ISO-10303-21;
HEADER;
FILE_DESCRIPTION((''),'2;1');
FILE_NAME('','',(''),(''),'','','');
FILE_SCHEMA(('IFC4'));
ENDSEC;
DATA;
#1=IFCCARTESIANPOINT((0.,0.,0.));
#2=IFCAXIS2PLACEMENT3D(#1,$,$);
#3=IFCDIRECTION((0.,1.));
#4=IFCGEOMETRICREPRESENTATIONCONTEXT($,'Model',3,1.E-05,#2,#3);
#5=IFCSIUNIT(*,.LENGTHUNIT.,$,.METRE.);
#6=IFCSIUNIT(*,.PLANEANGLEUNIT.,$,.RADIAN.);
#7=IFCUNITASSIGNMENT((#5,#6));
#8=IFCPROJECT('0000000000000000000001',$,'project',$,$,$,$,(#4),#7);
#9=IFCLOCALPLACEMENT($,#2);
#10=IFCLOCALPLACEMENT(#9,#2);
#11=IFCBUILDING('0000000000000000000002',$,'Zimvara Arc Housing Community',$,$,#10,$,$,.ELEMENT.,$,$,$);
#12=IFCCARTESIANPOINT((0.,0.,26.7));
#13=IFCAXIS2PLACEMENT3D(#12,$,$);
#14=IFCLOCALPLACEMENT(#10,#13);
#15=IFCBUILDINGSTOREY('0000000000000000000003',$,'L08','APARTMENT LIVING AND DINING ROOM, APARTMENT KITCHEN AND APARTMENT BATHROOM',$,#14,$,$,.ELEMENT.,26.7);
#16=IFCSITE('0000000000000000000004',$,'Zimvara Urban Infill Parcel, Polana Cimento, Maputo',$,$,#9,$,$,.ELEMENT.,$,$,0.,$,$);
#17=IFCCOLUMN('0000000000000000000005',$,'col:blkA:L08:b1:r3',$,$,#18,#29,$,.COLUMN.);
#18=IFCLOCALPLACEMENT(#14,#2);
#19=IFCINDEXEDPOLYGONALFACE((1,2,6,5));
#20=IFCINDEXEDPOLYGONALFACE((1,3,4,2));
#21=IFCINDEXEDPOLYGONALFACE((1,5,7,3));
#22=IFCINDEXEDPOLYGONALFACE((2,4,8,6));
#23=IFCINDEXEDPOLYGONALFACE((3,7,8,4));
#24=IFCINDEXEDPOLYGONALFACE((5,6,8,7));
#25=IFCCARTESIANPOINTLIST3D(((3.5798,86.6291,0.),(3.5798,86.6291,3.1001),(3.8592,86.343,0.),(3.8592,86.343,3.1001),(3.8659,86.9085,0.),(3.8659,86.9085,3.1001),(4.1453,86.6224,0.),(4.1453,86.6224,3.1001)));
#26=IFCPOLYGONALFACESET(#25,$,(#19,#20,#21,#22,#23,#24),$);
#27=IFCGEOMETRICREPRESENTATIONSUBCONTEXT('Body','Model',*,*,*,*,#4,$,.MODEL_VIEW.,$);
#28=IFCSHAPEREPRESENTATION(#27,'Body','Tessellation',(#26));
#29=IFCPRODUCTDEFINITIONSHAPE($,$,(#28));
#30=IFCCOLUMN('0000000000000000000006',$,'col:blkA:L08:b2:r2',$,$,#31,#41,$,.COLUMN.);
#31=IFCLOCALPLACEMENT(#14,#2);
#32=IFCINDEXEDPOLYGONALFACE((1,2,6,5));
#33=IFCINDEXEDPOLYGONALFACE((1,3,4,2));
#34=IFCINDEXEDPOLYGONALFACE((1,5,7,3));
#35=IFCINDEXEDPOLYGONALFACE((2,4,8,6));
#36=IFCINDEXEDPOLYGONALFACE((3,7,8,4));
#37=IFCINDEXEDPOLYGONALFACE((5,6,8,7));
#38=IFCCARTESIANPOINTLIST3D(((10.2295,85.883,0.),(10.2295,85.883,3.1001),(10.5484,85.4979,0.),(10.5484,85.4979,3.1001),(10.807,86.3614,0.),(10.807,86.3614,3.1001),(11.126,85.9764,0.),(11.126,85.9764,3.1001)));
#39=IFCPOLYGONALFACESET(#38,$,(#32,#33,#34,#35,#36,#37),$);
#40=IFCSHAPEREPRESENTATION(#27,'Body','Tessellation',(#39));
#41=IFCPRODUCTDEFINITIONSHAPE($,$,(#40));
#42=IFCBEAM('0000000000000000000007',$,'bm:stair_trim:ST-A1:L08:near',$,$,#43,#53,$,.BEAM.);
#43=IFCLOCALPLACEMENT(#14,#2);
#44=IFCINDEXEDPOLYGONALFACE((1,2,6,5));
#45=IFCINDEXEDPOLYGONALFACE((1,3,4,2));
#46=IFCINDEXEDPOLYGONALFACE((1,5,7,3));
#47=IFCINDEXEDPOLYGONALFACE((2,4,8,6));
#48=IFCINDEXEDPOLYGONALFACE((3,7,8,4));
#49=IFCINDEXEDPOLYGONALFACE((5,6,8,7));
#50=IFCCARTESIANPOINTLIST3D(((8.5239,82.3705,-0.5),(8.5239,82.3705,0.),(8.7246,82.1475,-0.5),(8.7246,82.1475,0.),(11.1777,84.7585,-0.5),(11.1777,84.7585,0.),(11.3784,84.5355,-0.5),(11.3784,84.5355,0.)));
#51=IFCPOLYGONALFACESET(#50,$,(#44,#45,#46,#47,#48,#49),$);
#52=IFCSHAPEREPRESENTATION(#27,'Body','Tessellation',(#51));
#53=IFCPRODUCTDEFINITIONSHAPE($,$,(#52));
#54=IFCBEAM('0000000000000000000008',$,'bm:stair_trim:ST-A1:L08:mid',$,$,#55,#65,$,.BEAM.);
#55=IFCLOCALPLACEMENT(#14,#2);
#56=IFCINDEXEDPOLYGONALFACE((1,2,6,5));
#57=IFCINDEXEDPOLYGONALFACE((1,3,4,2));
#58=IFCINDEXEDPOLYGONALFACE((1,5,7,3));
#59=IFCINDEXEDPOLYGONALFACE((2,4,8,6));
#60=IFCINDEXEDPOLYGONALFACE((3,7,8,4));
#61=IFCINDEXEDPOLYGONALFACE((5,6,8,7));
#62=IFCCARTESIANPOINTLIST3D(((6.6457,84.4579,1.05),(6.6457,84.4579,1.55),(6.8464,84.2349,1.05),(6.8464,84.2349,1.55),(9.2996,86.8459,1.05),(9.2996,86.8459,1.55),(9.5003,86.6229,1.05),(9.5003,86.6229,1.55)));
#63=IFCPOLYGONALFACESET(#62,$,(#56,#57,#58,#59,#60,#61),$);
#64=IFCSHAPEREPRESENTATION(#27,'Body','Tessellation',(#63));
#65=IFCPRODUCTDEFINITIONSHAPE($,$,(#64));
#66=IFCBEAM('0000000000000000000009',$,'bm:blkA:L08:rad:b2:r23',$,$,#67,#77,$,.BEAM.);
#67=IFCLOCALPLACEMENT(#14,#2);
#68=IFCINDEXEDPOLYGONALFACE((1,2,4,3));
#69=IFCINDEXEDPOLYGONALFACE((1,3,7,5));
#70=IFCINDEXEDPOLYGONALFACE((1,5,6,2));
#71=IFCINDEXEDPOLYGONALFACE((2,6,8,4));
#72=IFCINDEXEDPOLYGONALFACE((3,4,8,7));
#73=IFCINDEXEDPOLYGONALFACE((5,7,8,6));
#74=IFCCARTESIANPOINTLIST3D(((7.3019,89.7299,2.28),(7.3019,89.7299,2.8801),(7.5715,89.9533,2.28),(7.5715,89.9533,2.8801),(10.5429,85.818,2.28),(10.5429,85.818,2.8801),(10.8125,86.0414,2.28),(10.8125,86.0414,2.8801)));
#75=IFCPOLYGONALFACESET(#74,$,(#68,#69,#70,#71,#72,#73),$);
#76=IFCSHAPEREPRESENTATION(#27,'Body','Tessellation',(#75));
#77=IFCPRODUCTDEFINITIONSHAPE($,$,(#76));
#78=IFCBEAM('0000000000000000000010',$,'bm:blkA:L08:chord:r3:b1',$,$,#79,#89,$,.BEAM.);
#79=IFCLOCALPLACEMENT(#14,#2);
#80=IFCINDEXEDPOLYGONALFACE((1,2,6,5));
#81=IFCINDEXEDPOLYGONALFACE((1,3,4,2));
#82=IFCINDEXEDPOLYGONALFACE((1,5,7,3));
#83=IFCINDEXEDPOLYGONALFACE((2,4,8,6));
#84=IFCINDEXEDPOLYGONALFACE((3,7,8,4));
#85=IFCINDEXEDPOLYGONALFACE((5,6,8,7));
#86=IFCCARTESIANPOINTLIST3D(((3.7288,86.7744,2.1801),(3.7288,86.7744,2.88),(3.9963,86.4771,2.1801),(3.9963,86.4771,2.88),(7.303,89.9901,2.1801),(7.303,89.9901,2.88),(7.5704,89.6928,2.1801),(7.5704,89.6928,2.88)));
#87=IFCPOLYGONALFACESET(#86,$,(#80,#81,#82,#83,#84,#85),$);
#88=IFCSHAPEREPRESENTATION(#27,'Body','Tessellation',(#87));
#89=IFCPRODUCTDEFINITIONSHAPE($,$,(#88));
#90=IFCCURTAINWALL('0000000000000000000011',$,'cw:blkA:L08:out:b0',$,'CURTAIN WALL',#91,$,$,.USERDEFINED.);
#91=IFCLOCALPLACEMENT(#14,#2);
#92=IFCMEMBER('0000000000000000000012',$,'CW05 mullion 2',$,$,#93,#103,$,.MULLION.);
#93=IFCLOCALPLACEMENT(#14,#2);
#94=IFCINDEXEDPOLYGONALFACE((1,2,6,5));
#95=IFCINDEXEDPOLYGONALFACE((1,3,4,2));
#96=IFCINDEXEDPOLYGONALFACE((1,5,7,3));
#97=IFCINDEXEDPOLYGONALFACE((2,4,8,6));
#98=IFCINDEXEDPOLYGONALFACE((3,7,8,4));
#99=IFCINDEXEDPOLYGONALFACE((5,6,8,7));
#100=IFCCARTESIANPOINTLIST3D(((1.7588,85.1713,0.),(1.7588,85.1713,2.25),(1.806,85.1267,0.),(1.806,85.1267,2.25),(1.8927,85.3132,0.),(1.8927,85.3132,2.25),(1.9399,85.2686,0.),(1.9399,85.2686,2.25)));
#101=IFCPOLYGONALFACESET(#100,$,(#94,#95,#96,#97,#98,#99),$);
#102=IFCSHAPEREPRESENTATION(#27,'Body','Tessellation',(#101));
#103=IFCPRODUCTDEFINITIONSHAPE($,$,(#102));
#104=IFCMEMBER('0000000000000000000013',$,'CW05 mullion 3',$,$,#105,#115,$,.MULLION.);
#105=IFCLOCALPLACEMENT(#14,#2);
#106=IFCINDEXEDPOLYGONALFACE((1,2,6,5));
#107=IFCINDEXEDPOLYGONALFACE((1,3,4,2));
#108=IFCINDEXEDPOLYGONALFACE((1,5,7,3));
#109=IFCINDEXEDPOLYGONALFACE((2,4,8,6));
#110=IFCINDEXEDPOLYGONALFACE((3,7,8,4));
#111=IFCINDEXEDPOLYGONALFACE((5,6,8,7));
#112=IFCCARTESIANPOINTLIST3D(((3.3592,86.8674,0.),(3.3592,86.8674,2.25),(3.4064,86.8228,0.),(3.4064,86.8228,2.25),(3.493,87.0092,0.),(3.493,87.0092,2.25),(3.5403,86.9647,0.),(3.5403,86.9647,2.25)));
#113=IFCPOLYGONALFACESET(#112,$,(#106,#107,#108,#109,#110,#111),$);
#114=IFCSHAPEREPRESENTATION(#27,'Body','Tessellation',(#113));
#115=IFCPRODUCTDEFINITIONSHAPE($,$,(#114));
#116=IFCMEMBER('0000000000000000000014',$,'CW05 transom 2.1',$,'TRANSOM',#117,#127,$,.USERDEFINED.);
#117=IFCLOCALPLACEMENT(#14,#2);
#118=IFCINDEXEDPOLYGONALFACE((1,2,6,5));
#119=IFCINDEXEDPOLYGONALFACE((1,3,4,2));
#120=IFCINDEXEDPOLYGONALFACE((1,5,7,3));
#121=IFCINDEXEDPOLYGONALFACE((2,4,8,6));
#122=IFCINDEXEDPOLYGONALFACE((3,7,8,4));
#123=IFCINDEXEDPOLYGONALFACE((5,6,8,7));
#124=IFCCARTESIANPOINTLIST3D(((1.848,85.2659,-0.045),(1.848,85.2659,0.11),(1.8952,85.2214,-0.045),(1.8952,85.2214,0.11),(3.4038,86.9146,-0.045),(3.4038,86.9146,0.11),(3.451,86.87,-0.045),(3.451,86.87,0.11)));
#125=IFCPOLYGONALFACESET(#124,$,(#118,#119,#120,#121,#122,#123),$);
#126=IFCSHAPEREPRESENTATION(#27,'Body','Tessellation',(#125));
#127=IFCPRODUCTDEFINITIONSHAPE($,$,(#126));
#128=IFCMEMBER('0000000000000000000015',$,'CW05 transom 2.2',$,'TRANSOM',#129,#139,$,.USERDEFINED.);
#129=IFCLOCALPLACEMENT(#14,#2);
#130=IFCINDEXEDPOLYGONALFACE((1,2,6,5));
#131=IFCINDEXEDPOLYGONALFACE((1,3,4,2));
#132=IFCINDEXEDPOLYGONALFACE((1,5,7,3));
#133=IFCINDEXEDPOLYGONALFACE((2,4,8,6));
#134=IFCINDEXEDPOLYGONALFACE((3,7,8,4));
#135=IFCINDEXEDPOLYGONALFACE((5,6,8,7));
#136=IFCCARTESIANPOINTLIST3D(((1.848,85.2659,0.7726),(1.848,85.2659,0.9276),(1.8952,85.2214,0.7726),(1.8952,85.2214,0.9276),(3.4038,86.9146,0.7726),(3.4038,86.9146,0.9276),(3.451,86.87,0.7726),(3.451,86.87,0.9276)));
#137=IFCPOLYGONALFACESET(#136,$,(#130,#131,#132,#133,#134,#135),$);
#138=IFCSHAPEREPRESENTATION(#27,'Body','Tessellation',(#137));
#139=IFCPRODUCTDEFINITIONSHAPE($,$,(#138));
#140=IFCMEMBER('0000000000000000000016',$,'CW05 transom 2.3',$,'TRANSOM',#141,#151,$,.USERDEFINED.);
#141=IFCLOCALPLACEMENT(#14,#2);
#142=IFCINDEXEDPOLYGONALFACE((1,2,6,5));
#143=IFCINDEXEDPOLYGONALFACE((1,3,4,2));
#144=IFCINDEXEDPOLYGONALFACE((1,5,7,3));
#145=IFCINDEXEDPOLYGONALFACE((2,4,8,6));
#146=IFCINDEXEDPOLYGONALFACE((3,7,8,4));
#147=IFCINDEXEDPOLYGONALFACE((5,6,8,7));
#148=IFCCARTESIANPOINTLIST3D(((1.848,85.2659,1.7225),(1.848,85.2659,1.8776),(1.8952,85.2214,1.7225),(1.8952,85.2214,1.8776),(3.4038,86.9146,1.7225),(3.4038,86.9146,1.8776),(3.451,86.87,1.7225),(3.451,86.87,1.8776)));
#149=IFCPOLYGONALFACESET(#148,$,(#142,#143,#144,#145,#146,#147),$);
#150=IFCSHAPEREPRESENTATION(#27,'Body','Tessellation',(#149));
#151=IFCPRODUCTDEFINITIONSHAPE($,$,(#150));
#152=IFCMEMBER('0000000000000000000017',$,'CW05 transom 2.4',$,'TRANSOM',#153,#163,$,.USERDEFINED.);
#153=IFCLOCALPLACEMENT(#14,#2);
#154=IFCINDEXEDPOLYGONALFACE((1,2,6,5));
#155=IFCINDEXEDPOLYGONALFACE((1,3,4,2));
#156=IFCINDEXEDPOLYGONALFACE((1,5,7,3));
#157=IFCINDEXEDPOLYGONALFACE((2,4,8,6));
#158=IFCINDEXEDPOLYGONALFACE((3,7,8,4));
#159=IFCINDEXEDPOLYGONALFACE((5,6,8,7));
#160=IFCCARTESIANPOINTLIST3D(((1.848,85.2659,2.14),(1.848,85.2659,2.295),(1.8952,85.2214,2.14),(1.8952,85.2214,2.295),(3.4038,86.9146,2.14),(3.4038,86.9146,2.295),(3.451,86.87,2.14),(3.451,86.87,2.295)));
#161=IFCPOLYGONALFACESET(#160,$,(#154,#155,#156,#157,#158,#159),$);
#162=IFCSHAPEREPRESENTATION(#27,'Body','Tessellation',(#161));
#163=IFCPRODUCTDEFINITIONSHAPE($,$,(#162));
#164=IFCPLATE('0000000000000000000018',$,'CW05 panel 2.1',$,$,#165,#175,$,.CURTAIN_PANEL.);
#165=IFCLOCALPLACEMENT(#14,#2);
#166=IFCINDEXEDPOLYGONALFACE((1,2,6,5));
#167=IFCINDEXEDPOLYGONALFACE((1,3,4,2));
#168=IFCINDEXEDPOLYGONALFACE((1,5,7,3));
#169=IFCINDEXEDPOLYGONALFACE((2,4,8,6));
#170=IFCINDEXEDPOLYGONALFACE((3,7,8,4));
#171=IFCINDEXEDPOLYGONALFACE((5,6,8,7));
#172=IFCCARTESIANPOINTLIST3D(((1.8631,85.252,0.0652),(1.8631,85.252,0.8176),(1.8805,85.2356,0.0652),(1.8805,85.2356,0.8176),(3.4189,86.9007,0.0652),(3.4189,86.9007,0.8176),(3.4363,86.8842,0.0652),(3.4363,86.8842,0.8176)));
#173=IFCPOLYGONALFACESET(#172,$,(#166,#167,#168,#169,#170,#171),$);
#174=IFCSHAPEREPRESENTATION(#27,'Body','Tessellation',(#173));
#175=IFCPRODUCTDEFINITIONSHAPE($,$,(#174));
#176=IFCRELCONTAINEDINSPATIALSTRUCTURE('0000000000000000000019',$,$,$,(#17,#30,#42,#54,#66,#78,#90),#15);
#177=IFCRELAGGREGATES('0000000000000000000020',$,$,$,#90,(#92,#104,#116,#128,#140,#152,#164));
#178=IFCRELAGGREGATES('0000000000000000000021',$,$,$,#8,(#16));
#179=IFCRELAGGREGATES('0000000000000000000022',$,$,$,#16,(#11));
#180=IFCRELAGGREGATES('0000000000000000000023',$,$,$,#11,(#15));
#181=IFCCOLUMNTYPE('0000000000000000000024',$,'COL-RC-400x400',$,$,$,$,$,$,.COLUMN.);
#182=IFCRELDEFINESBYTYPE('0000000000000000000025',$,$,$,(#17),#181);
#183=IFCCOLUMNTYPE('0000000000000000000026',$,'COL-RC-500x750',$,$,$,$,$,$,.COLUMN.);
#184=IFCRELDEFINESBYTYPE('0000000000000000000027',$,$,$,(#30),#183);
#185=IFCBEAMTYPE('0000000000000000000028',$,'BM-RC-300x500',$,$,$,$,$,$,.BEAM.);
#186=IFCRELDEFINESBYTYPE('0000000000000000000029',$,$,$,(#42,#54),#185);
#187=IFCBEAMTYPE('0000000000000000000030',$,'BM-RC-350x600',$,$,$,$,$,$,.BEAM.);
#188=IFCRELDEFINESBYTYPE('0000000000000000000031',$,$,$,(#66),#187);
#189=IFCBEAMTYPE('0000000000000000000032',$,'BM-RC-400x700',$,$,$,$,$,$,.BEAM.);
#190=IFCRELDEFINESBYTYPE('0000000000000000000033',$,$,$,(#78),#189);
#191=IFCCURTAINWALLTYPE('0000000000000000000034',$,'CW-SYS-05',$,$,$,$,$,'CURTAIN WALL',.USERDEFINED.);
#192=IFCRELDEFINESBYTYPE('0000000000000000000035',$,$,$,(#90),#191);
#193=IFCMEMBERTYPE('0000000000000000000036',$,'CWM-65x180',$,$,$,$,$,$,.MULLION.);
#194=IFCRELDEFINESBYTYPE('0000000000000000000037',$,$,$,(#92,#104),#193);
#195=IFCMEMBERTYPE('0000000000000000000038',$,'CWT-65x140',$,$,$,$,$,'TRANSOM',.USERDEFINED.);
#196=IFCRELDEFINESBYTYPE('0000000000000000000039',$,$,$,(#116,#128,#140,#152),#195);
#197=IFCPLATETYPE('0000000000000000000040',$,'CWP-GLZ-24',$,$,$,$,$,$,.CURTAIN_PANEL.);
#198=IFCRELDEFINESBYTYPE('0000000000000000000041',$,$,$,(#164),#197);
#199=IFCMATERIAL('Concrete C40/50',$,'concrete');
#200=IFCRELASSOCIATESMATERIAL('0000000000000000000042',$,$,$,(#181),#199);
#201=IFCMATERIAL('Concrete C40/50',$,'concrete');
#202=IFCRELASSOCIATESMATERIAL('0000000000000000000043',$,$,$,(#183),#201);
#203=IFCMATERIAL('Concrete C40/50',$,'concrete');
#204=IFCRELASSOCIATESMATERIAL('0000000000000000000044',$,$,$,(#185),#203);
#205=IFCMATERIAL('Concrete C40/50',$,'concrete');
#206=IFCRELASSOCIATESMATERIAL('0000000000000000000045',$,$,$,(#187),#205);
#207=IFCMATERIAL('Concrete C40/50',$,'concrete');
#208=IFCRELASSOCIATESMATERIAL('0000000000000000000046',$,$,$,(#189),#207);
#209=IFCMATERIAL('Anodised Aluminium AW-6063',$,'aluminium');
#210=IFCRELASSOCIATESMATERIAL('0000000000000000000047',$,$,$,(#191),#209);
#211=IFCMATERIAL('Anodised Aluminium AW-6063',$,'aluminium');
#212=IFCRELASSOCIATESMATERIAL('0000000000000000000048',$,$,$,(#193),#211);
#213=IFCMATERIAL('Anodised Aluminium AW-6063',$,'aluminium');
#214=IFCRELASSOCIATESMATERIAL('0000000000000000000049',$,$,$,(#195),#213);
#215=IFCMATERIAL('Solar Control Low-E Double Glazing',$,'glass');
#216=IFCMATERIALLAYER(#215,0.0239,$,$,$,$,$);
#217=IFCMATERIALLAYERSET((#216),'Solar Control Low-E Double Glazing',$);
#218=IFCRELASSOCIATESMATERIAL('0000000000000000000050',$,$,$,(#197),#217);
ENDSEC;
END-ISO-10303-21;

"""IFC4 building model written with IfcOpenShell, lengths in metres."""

from ifc_helpers import new_model, si_unit, direction, frame, origin, origin_2d, place, context, subcontext, project, spatial, rectangle, extrude, material, layer, layer_set, material_profile, profile_set, type_object, element, aggregate, save


model = new_model("IFC4")

# Units and contexts
model_context = context("Model", 3, precision=1e-05, world=origin(), true_north=direction((0.0, 1.0)))
body_context = subcontext(model_context, "Body", "Model", "MODEL_VIEW")
ifc_project = project(units=[si_unit("LENGTHUNIT", "METRE"), si_unit("PLANEANGLEUNIT", "RADIAN")], contexts=[model_context])

# Site, building, storey
site_placement = place(None, origin())
site = spatial("IfcSite", under=ifc_project, at=site_placement, Name="Zimvara Urban Infill Parcel, Polana Cimento, Maputo", CompositionType="ELEMENT", RefElevation=0.0)
building_placement = place(site_placement, origin())
building = spatial("IfcBuilding", under=site, at=building_placement, Name="Zimvara Arc Housing Community", CompositionType="ELEMENT")
storey_placement = place(building_placement, frame((0.0, 0.0, 26.7)))
storey = spatial("IfcBuildingStorey", under=building, at=storey_placement, Name="L08", Description="APARTMENT LIVING AND DINING ROOM, APARTMENT KITCHEN AND APARTMENT BATHROOM", CompositionType="ELEMENT", Elevation=26.7)

# Columns
ifc_material_1 = material(Name="Concrete C40/50", Category="concrete")
ifc_material_profile_1 = material_profile(ifc_material_1, rectangle(XDim=0.3999, YDim=0.3999, at=origin_2d()), Name="RC 400x400")
ifc_profile_set_1 = profile_set([ifc_material_profile_1], Name="Concrete C40/50")
column_type_1 = type_object("IfcColumnType", Name="COL-RC-400x400", PredefinedType="COLUMN", material=ifc_profile_set_1)
column_1_placement = place(storey_placement, frame((3.8625, 86.6257, 0.0), z_axis=(0.0, 0.0, 1.0), x_axis=(-0.698665, 0.715449, 0.0)))
element("IfcColumn", 1, at=column_1_placement, inside=storey, type_object=column_type_1, Name="col:blkA:L08:b1:r3", PredefinedType="COLUMN", context=body_context, shape_type="SweptSolid", body=[
    extrude(rectangle(XDim=0.3999, YDim=0.3999, at=origin_2d()), origin(), (0.0, 0.0, 1.0), 3.1001),
])
ifc_material_2 = material(Name="Concrete C40/50", Category="concrete")
ifc_material_profile_2 = material_profile(ifc_material_2, rectangle(XDim=0.5, YDim=0.75, at=origin_2d()), Name="RC 500x750")
ifc_profile_set_2 = profile_set([ifc_material_profile_2], Name="Concrete C40/50")
column_type_2 = type_object("IfcColumnType", Name="COL-RC-500x750", PredefinedType="COLUMN", material=ifc_profile_set_2)
column_2_placement = place(storey_placement, frame((10.6777, 85.9297, 0.0), z_axis=(0.0, 0.0, 1.0), x_axis=(-0.637962, 0.770068, 0.0)))
element("IfcColumn", 2, at=column_2_placement, inside=storey, type_object=column_type_2, Name="col:blkA:L08:b2:r2", PredefinedType="COLUMN", context=body_context, shape_type="SweptSolid", body=[
    extrude(rectangle(XDim=0.5, YDim=0.75, at=origin_2d()), origin(), (0.0, 0.0, 1.0), 3.1001),
])

# Beams
ifc_material_3 = material(Name="Concrete C40/50", Category="concrete")
ifc_material_profile_3 = material_profile(ifc_material_3, rectangle(XDim=0.3, YDim=0.5, at=origin_2d()), Name="RC 300x500")
ifc_profile_set_3 = profile_set([ifc_material_profile_3], Name="Concrete C40/50")
beam_type_1 = type_object("IfcBeamType", Name="BM-RC-300x500", PredefinedType="BEAM", material=ifc_profile_set_3)
for number, where, z_axis, x_axis, name in (
    (3, (11.2781, 84.647, -0.25), (-0.743362, -0.668889, 0.0), (0.668889, -0.743362, 0.0), "bm:stair_trim:ST-A1:L08:near"),
    (4, (9.3999, 86.7344, 1.3), (-0.743362, -0.668889, 0.0), (0.668889, -0.743362, 0.0), "bm:stair_trim:ST-A1:L08:mid"),
):
    element("IfcBeam", number, at=place(storey_placement, frame(where, z_axis=z_axis, x_axis=x_axis)), inside=storey, type_object=beam_type_1, Name=name, PredefinedType="BEAM", context=body_context, shape_type="SweptSolid", body=[
        extrude(rectangle(XDim=0.3, YDim=0.5, at=origin_2d()), origin(), (0.0, 0.0, 1.0), 3.5701),
    ])
ifc_material_4 = material(Name="Concrete C40/50", Category="concrete")
ifc_material_profile_4 = material_profile(ifc_material_4, rectangle(XDim=0.3501, YDim=0.6001, at=origin_2d()), Name="RC 350x600")
ifc_profile_set_4 = profile_set([ifc_material_profile_4], Name="Concrete C40/50")
beam_type_2 = type_object("IfcBeamType", Name="BM-RC-350x600", PredefinedType="BEAM", material=ifc_profile_set_4)
beam_1_placement = place(storey_placement, frame((10.6777, 85.9297, 2.5801), z_axis=(-0.637984, 0.77005, 0.0), x_axis=(-0.77005, -0.637984, 0.0)))
element("IfcBeam", 5, at=beam_1_placement, inside=storey, type_object=beam_type_2, Name="bm:blkA:L08:rad:b2:r23", PredefinedType="BEAM", context=body_context, shape_type="SweptSolid", body=[
    extrude(rectangle(XDim=0.3501, YDim=0.6001, at=origin_2d()), origin(), (0.0, 0.0, 1.0), 5.0801),
])
ifc_material_5 = material(Name="Concrete C40/50", Category="concrete")
ifc_material_profile_5 = material_profile(ifc_material_5, rectangle(XDim=0.3999, YDim=0.7, at=origin_2d()), Name="RC 400x700")
ifc_profile_set_5 = profile_set([ifc_material_profile_5], Name="Concrete C40/50")
beam_type_3 = type_object("IfcBeamType", Name="BM-RC-400x700", PredefinedType="BEAM", material=ifc_profile_set_5)
beam_2_placement = place(storey_placement, frame((3.8625, 86.6257, 2.53), z_axis=(0.743395, 0.668853, 0.0), x_axis=(-0.668853, 0.743395, 0.0)))
element("IfcBeam", 6, at=beam_2_placement, inside=storey, type_object=beam_type_3, Name="bm:blkA:L08:chord:r3:b1", PredefinedType="BEAM", context=body_context, shape_type="SweptSolid", body=[
    extrude(rectangle(XDim=0.3999, YDim=0.7, at=origin_2d()), origin(), (0.0, 0.0, 1.0), 4.8079),
])

# Curtain wall, members, plate
ifc_material_6 = material(Name="Anodised Aluminium AW-6063", Category="aluminium")
curtain_wall_type = type_object("IfcCurtainWallType", Name="CW-SYS-05", ElementType="CURTAIN WALL", PredefinedType="USERDEFINED", material=ifc_material_6)
curtain_wall_placement = place(storey_placement, origin())
curtain_wall = element("IfcCurtainWall", 7, at=curtain_wall_placement, inside=storey, type_object=curtain_wall_type, Name="cw:blkA:L08:out:b0", ObjectType="CURTAIN WALL", PredefinedType="USERDEFINED")
ifc_material_7 = material(Name="Anodised Aluminium AW-6063", Category="aluminium")
ifc_material_profile_6 = material_profile(ifc_material_7, rectangle(XDim=0.0649, YDim=0.1951, at=origin_2d()), Name="ALU 65x195")
ifc_profile_set_6 = profile_set([ifc_material_profile_6], Name="Anodised Aluminium AW-6063")
member_type_1 = type_object("IfcMemberType", Name="CWM-65x180", PredefinedType="MULLION", material=ifc_profile_set_6)
member_1_placement = place(storey_placement, frame((1.8494, 85.22, 0.0), z_axis=(0.0, 0.0, 1.0), x_axis=(-0.727294, 0.686326, 0.0)))
member_1 = element("IfcMember", 8, at=member_1_placement, type_object=member_type_1, Name="CW05 mullion 2", PredefinedType="MULLION", context=body_context, shape_type="SweptSolid", body=[
    extrude(rectangle(XDim=0.0649, YDim=0.1951, at=origin_2d()), origin(), (0.0, 0.0, 1.0), 2.25),
])
member_2_placement = place(storey_placement, frame((3.4497, 86.916, 0.0), z_axis=(0.0, 0.0, 1.0), x_axis=(-0.727294, 0.686326, 0.0)))
member_2 = element("IfcMember", 9, at=member_2_placement, type_object=member_type_1, Name="CW05 mullion 3", PredefinedType="MULLION", context=body_context, shape_type="SweptSolid", body=[
    extrude(rectangle(XDim=0.0649, YDim=0.1951, at=origin_2d()), origin(), (0.0, 0.0, 1.0), 2.25),
])
ifc_material_8 = material(Name="Anodised Aluminium AW-6063", Category="aluminium")
ifc_material_profile_7 = material_profile(ifc_material_8, rectangle(XDim=0.0649, YDim=0.155, at=origin_2d()), Name="ALU 65x155")
ifc_profile_set_7 = profile_set([ifc_material_profile_7], Name="Anodised Aluminium AW-6063")
member_type_2 = type_object("IfcMemberType", Name="CWT-65x140", ElementType="TRANSOM", PredefinedType="USERDEFINED", material=ifc_profile_set_7)
member_3_placement = place(storey_placement, frame((1.8716, 85.2437, 0.0325), z_axis=(0.686348, 0.727273, 0.0), x_axis=(-0.727273, 0.686348, 0.0)))
member_3 = element("IfcMember", 10, at=member_3_placement, type_object=member_type_2, Name="CW05 transom 2.1", ObjectType="TRANSOM", PredefinedType="USERDEFINED", context=body_context, shape_type="SweptSolid", body=[
    extrude(rectangle(XDim=0.0649, YDim=0.155, at=origin_2d()), origin(), (0.0, 0.0, 1.0), 2.2668),
])
member_4_placement = place(storey_placement, frame((1.8716, 85.2437, 0.8501), z_axis=(0.686348, 0.727273, 0.0), x_axis=(-0.727273, 0.686348, 0.0)))
member_4 = element("IfcMember", 11, at=member_4_placement, type_object=member_type_2, Name="CW05 transom 2.2", ObjectType="TRANSOM", PredefinedType="USERDEFINED", context=body_context, shape_type="SweptSolid", body=[
    extrude(rectangle(XDim=0.0649, YDim=0.155, at=origin_2d()), origin(), (0.0, 0.0, 1.0), 2.2668),
])
member_5_placement = place(storey_placement, frame((1.8716, 85.2437, 1.8), z_axis=(0.686348, 0.727273, 0.0), x_axis=(-0.727273, 0.686348, 0.0)))
member_5 = element("IfcMember", 12, at=member_5_placement, type_object=member_type_2, Name="CW05 transom 2.3", ObjectType="TRANSOM", PredefinedType="USERDEFINED", context=body_context, shape_type="SweptSolid", body=[
    extrude(rectangle(XDim=0.0649, YDim=0.155, at=origin_2d()), origin(), (0.0, 0.0, 1.0), 2.2668),
])
member_6_placement = place(storey_placement, frame((1.8716, 85.2437, 2.2175), z_axis=(0.686348, 0.727273, 0.0), x_axis=(-0.727273, 0.686348, 0.0)))
member_6 = element("IfcMember", 13, at=member_6_placement, type_object=member_type_2, Name="CW05 transom 2.4", ObjectType="TRANSOM", PredefinedType="USERDEFINED", context=body_context, shape_type="SweptSolid", body=[
    extrude(rectangle(XDim=0.0649, YDim=0.155, at=origin_2d()), origin(), (0.0, 0.0, 1.0), 2.2668),
])
ifc_material_9 = material(Name="Solar Control Low-E Double Glazing", Category="glass")
ifc_layer_1 = layer(ifc_material_9, 0.0239)
ifc_layer_set_1 = layer_set([ifc_layer_1], Name="Solar Control Low-E Double Glazing")
plate_type = type_object("IfcPlateType", Name="CWP-GLZ-24", PredefinedType="CURTAIN_PANEL", material=ifc_layer_set_1)
plate_1_placement = place(storey_placement, frame((2.6497, 86.0681, 0.0652), z_axis=(0.0, 0.0, 1.0), x_axis=(0.686326, 0.727294, 0.0)))
plate_1 = element("IfcPlate", 14, at=plate_1_placement, type_object=plate_type, Name="CW05 panel 2.1", PredefinedType="CURTAIN_PANEL", context=body_context, shape_type="SweptSolid", body=[
    extrude(rectangle(XDim=2.2668, YDim=0.0239, at=origin_2d()), origin(), (0.0, 0.0, 1.0), 0.7524),
])
aggregate(curtain_wall, [member_1, member_2, member_3, member_4, member_5, member_6, plate_1])

save(model, "model.ifc")
